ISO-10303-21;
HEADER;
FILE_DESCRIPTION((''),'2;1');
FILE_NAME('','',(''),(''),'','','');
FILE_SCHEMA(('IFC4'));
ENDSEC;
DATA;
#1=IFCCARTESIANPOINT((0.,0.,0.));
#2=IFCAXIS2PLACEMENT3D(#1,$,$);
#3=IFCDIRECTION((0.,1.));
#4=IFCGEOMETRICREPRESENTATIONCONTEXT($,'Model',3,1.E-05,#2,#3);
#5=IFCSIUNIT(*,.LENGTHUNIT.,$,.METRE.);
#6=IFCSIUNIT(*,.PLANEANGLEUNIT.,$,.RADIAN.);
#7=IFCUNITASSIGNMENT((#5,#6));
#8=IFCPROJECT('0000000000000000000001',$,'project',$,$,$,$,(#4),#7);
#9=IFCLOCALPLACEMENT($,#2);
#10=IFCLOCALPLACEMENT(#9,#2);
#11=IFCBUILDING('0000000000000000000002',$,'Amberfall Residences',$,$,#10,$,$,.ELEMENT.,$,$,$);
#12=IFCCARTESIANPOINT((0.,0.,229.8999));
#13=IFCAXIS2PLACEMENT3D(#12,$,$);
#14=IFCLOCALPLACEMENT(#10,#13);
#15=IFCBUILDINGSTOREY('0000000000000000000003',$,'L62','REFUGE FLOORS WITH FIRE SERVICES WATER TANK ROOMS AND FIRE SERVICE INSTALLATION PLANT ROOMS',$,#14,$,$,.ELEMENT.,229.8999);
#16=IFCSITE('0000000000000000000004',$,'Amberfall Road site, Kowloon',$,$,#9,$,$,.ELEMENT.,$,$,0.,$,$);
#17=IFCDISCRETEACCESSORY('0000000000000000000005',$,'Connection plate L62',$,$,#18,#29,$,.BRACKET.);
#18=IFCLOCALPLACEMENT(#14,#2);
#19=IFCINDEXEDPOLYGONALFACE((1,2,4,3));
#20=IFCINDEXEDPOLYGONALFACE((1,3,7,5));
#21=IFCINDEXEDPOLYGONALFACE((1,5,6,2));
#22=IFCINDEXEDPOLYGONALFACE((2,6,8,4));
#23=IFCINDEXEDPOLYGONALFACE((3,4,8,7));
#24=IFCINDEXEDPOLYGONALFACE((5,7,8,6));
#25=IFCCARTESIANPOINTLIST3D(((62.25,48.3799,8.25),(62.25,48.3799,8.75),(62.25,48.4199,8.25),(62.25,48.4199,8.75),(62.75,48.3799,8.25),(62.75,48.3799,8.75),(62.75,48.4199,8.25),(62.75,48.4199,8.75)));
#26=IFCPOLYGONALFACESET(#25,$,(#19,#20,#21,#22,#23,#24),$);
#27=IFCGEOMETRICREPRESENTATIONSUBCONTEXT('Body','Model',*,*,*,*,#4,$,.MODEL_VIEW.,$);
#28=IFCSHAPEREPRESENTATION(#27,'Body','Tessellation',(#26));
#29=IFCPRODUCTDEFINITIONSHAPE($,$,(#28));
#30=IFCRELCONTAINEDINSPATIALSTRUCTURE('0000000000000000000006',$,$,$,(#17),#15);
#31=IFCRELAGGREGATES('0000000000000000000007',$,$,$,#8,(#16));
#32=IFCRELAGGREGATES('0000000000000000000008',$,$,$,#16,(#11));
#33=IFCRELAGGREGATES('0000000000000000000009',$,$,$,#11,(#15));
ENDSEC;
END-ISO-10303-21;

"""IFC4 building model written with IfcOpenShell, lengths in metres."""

from ifc_helpers import new_model, si_unit, direction, frame, origin, origin_2d, place, context, subcontext, project, spatial, rectangle, extrude, element, save


model = new_model("IFC4")

# Units and contexts
model_context = context("Model", 3, precision=1e-05, world=origin(), true_north=direction((0.0, 1.0)))
body_context = subcontext(model_context, "Body", "Model", "MODEL_VIEW")
ifc_project = project(units=[si_unit("LENGTHUNIT", "METRE"), si_unit("PLANEANGLEUNIT", "RADIAN")], contexts=[model_context])

# Site, building, storey
site_placement = place(None, origin())
site = spatial("IfcSite", under=ifc_project, at=site_placement, Name="Amberfall Road site, Kowloon", CompositionType="ELEMENT", RefElevation=0.0)
building_placement = place(site_placement, origin())
building = spatial("IfcBuilding", under=site, at=building_placement, Name="Amberfall Residences", CompositionType="ELEMENT")
storey_placement = place(building_placement, frame((0.0, 0.0, 229.8999)))
storey = spatial("IfcBuildingStorey", under=building, at=storey_placement, Name="L62", Description="REFUGE FLOORS WITH FIRE SERVICES WATER TANK ROOMS AND FIRE SERVICE INSTALLATION PLANT ROOMS", CompositionType="ELEMENT", Elevation=229.8999)

# Discrete accessory
for number, where, z_axis, x_axis, name in (
    (1, (62.5, 48.3999, 8.25), (0.0, 0.0, 1.0), (1.0, 0.0, 0.0), "Connection plate L62"),
):
    element("IfcDiscreteAccessory", number, at=place(storey_placement, frame(where, z_axis=z_axis, x_axis=x_axis)), inside=storey, Name=name, PredefinedType="BRACKET", context=body_context, shape_type="SweptSolid", body=[
        extrude(rectangle(XDim=0.5, YDim=0.04, at=origin_2d()), origin(), (0.0, 0.0, 1.0), 0.5),
    ])

save(model, "model.ifc")
